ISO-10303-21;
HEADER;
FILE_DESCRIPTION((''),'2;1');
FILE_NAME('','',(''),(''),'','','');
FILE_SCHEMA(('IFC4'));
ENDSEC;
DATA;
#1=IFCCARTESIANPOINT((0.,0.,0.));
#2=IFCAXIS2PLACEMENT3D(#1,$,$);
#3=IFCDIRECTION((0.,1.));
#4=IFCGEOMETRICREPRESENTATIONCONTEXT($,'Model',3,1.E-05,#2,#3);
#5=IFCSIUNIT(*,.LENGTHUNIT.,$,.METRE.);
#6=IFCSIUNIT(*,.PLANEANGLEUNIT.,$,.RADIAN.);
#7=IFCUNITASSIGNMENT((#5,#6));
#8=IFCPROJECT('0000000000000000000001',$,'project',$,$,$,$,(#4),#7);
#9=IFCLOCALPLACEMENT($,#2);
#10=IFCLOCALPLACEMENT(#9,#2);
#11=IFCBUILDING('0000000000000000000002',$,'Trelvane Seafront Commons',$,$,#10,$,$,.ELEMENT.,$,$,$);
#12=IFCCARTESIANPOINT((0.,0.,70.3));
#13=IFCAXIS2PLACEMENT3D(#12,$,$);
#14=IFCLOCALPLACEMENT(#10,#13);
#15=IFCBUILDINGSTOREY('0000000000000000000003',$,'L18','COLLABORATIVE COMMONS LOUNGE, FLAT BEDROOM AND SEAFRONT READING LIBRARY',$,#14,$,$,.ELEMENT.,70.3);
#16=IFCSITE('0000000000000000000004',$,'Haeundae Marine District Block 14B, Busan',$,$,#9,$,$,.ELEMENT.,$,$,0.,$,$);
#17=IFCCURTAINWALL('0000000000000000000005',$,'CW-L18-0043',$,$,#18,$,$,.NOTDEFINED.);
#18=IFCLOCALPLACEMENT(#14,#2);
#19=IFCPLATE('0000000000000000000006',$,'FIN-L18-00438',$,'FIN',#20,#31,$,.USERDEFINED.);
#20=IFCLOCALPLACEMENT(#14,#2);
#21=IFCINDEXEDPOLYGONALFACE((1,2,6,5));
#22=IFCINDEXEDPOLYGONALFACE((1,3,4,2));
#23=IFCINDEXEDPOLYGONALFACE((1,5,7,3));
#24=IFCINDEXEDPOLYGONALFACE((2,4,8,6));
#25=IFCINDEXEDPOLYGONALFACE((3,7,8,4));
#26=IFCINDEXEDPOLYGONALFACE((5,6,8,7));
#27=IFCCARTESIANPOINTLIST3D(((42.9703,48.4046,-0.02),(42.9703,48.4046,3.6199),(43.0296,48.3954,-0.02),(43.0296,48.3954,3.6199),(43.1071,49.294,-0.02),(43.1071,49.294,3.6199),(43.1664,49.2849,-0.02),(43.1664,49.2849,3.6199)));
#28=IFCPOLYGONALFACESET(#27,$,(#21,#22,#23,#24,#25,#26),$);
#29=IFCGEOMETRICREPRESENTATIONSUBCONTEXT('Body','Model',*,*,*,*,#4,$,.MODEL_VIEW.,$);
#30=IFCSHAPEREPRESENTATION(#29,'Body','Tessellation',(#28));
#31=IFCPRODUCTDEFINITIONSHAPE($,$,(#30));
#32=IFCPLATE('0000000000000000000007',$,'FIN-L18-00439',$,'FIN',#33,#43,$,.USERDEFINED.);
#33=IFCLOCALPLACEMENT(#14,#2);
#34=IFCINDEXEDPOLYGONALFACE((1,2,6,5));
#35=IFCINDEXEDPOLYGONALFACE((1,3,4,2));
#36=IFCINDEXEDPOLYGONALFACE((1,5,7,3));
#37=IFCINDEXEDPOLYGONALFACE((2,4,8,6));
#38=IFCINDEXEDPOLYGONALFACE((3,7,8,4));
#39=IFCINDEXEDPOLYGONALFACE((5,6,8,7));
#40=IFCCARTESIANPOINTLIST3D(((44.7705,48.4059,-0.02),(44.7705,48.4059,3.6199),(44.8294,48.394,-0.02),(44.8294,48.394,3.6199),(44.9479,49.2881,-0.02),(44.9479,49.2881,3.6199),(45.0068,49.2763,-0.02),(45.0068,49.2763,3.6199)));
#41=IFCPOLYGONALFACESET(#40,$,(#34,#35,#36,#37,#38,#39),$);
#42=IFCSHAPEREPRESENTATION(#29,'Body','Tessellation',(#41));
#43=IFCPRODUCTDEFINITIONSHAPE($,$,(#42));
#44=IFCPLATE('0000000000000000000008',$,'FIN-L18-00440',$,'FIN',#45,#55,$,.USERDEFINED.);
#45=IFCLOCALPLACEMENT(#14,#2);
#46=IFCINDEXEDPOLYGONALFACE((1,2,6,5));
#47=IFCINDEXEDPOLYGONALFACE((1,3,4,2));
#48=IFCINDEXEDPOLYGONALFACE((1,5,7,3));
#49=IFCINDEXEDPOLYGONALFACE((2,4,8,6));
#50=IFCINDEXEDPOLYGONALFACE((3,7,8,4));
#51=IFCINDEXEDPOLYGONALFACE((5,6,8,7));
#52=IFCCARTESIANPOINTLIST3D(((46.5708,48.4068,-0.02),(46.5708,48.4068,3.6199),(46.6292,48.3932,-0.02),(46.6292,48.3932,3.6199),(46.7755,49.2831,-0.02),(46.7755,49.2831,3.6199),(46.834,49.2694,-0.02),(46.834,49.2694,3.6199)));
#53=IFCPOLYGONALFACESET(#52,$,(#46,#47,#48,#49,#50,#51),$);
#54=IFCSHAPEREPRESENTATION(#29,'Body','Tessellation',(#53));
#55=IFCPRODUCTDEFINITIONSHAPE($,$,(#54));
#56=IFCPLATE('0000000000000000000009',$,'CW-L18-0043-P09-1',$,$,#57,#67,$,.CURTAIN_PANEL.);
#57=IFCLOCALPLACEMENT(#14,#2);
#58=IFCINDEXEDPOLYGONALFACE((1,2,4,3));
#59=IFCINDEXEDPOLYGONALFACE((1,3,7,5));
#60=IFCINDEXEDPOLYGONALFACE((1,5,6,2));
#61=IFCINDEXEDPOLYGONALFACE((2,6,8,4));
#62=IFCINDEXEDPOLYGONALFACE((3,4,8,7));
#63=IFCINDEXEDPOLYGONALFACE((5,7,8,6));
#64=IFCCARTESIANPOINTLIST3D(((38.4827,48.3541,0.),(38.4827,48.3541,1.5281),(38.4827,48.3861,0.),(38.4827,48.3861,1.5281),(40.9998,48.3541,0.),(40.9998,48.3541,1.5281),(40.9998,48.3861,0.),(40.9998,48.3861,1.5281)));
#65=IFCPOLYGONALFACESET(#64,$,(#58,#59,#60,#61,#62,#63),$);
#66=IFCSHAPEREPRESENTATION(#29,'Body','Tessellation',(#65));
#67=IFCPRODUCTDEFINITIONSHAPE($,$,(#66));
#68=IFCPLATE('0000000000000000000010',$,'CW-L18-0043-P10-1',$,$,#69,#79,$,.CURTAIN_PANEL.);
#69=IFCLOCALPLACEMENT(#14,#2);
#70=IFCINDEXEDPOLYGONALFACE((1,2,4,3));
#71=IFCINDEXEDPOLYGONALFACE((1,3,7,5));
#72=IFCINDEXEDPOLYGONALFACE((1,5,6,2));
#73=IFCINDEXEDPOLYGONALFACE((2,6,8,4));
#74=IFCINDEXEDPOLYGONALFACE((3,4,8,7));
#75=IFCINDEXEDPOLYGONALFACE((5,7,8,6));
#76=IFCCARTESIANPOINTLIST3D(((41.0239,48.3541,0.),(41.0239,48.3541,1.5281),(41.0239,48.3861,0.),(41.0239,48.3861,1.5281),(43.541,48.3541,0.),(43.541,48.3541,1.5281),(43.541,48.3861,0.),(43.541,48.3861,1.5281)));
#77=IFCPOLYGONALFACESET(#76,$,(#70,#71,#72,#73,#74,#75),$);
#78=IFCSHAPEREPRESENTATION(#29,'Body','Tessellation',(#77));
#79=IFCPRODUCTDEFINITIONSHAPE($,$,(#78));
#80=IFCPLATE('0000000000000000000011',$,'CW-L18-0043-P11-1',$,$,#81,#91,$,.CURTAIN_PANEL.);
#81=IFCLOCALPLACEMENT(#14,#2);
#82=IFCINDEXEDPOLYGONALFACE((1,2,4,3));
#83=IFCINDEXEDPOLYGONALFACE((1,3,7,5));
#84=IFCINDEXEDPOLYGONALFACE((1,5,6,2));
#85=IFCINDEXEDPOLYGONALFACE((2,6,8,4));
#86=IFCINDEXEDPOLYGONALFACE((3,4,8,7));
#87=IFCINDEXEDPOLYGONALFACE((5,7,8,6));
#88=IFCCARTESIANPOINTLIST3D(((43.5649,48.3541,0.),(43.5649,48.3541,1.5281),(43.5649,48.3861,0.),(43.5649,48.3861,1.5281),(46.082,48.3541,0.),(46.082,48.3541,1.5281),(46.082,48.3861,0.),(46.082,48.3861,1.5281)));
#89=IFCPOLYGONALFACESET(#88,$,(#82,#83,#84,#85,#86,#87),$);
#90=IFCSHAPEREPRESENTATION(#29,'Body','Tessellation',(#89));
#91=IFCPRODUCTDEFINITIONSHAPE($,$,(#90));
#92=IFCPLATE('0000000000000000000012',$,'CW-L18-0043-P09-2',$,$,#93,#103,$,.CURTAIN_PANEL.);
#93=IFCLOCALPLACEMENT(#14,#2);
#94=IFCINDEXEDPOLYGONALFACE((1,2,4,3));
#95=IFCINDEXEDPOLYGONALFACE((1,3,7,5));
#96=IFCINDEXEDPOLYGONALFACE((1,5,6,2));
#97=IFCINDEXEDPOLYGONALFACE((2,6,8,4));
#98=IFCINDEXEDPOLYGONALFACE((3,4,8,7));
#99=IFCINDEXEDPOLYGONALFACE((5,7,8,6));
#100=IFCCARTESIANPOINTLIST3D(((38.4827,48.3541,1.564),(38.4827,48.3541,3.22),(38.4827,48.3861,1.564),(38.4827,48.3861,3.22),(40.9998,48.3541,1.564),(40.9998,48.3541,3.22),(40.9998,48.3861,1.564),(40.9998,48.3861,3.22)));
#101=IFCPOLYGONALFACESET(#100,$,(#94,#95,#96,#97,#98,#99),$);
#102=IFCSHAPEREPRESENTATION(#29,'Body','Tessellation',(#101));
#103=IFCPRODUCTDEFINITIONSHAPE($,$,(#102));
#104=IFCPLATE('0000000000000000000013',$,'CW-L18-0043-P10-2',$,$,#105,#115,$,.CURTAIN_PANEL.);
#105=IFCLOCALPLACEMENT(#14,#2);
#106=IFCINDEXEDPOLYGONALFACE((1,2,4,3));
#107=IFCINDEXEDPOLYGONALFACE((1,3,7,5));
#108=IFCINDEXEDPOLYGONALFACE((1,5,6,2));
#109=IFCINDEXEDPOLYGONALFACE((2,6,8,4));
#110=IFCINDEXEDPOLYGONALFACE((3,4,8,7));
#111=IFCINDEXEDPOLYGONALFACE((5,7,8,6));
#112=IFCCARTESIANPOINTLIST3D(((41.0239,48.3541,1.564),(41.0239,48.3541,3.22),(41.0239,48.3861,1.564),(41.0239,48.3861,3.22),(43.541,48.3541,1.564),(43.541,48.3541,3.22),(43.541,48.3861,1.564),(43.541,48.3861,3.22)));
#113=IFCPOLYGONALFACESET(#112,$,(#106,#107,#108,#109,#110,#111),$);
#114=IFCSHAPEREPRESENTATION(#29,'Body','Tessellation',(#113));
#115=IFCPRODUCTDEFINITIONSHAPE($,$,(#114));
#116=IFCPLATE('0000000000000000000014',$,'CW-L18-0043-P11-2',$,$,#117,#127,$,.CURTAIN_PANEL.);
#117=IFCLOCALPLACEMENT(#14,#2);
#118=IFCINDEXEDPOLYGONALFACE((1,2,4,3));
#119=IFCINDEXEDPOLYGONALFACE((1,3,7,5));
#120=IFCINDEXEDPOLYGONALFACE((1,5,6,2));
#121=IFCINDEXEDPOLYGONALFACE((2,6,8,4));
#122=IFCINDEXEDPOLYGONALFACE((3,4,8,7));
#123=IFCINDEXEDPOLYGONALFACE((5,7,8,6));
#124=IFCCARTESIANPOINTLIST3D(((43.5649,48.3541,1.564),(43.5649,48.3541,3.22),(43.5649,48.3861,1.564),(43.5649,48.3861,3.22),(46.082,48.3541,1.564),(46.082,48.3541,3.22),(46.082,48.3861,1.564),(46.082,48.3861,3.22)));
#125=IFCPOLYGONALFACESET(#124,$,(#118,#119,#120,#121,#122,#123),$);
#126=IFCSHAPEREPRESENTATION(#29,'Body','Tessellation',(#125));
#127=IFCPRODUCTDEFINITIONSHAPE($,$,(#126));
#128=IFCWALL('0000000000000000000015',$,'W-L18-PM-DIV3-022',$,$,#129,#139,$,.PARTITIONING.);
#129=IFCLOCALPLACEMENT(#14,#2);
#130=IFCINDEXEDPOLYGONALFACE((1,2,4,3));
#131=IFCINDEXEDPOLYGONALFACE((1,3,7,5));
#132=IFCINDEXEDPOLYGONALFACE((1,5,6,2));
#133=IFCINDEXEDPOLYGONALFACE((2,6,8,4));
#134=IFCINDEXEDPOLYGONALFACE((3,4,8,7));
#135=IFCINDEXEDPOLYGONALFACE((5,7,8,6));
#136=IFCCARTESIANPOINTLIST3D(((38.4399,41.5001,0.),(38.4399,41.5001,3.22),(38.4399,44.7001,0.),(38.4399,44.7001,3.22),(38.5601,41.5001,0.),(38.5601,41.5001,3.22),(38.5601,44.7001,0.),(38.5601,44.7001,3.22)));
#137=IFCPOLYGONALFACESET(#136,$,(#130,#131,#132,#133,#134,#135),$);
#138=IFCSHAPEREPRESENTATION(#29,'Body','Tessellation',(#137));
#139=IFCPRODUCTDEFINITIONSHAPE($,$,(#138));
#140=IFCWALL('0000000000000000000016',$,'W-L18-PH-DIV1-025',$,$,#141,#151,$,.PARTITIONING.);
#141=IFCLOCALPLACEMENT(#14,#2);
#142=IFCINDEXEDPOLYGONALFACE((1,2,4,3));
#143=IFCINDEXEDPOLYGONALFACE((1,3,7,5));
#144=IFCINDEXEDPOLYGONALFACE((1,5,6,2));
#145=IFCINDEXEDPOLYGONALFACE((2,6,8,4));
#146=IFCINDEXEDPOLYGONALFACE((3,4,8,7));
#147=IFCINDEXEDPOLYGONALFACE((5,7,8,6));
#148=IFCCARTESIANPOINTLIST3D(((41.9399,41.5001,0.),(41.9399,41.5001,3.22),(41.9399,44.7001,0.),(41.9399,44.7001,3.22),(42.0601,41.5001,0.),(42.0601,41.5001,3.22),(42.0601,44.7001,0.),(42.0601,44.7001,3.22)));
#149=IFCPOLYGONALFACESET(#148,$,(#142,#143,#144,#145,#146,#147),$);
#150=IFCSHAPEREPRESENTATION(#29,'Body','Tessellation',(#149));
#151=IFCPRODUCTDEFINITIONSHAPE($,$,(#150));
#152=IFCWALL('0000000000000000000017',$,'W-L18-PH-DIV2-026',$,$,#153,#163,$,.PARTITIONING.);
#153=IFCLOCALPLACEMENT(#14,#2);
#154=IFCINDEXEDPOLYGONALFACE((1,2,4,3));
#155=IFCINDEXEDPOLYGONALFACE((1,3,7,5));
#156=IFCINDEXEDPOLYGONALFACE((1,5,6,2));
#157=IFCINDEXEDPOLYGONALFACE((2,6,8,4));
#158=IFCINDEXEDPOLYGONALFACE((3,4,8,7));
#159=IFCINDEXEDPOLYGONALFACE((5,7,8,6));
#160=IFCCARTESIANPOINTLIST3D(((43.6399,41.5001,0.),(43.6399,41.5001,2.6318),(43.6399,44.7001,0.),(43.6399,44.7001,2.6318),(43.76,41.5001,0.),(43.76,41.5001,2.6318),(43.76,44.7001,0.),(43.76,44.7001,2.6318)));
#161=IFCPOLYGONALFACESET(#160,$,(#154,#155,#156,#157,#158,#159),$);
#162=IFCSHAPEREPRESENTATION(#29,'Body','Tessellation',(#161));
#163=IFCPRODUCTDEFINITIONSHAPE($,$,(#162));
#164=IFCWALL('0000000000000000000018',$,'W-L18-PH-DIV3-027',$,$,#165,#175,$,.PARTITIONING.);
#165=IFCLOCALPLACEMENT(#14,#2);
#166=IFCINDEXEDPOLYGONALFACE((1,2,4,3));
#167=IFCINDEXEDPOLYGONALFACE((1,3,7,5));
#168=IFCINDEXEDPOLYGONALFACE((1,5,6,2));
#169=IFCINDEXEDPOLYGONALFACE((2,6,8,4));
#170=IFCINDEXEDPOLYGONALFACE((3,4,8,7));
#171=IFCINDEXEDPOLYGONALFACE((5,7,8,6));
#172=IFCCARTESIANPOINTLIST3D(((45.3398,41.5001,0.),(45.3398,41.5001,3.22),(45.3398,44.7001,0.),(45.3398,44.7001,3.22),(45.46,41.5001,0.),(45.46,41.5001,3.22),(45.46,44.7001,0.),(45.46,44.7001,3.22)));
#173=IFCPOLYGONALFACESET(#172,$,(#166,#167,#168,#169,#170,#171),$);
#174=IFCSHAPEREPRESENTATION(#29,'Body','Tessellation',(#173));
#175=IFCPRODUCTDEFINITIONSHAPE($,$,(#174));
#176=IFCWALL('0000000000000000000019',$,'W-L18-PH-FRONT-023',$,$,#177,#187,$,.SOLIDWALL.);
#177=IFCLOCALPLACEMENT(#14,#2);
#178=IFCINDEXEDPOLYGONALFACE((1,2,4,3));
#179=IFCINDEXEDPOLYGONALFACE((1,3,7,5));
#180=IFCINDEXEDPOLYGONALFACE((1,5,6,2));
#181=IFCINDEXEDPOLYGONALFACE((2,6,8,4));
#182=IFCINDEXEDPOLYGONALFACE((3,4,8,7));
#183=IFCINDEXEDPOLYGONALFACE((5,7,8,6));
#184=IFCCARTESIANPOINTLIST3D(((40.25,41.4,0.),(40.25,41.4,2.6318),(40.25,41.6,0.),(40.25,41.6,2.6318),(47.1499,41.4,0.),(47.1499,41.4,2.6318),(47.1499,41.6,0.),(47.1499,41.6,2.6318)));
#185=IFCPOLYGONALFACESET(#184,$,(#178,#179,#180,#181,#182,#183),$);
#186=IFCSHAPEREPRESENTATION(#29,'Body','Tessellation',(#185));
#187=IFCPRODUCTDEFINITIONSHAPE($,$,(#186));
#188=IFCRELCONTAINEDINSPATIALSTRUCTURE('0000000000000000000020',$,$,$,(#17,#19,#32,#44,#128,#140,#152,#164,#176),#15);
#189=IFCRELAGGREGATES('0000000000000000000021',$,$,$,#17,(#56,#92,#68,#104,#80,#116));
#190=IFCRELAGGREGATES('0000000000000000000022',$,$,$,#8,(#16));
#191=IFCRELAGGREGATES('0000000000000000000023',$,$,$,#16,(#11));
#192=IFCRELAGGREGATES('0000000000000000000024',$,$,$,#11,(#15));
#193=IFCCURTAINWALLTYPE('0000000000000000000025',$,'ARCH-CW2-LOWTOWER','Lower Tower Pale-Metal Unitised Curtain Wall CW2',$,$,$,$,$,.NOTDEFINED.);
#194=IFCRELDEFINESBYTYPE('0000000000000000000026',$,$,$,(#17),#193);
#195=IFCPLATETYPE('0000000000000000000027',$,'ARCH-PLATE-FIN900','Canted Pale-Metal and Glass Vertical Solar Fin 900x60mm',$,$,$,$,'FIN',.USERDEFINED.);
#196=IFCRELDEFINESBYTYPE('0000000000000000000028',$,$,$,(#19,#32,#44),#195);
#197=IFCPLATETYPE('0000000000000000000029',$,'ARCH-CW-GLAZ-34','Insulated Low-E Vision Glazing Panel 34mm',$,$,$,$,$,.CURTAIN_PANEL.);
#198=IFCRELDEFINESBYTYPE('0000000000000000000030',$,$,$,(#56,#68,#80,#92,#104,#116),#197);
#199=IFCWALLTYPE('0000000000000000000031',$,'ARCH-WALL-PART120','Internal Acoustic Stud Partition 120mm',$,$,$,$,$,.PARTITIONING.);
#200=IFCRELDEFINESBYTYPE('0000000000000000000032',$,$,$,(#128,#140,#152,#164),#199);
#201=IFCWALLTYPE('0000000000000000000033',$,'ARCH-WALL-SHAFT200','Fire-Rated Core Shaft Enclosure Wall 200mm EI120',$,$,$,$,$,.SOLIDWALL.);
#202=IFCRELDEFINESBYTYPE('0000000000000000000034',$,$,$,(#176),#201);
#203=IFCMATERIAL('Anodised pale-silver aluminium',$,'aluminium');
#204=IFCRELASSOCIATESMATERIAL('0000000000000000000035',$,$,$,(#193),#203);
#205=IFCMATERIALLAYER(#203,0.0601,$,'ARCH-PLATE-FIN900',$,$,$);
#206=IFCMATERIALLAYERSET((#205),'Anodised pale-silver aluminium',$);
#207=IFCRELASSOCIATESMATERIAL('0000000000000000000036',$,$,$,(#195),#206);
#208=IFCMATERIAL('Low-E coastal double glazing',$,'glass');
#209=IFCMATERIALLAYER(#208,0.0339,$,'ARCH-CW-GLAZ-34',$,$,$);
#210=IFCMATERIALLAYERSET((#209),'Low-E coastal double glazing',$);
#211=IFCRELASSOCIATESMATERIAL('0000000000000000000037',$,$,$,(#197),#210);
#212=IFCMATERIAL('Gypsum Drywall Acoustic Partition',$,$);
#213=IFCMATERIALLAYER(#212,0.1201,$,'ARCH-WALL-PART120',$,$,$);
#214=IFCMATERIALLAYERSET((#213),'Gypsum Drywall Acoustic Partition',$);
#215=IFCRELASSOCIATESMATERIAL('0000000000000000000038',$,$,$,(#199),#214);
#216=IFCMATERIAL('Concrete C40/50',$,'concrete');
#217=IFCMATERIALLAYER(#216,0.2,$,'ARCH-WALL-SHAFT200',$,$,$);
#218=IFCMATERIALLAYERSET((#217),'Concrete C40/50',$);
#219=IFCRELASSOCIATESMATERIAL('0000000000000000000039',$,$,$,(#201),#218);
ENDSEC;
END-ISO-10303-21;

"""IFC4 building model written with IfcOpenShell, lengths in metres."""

from ifc_helpers import new_model, si_unit, direction, frame, frame_2d, origin, origin_2d, place, context, subcontext, project, spatial, rectangle, extrude, source, transform, mapped, material, layer, layer_set, type_object, element, aggregate, save


model = new_model("IFC4")

# Units and contexts
model_context = context("Model", 3, precision=1e-05, world=origin(), true_north=direction((0.0, 1.0)))
body_context = subcontext(model_context, "Body", "Model", "MODEL_VIEW")
ifc_project = project(units=[si_unit("LENGTHUNIT", "METRE"), si_unit("PLANEANGLEUNIT", "RADIAN")], contexts=[model_context])

# Site, building, storey
site_placement = place(None, origin())
site = spatial("IfcSite", under=ifc_project, at=site_placement, Name="Haeundae Marine District Block 14B, Busan", CompositionType="ELEMENT", RefElevation=0.0)
building_placement = place(site_placement, origin())
building = spatial("IfcBuilding", under=site, at=building_placement, Name="Trelvane Seafront Commons", CompositionType="ELEMENT")
storey_placement = place(building_placement, frame((0.0, 0.0, 70.3)))
storey = spatial("IfcBuildingStorey", under=building, at=storey_placement, Name="L18", Description="COLLABORATIVE COMMONS LOUNGE, FLAT BEDROOM AND SEAFRONT READING LIBRARY", CompositionType="ELEMENT", Elevation=70.3)

# Curtain wall
ifc_material_1 = material(Name="Anodised pale-silver aluminium", Category="aluminium")
curtain_wall_type = type_object("IfcCurtainWallType", Name="ARCH-CW2-LOWTOWER", Description="Lower Tower Pale-Metal Unitised Curtain Wall CW2", PredefinedType="NOTDEFINED", material=ifc_material_1)
curtain_wall_placement = place(storey_placement, origin())
curtain_wall = element("IfcCurtainWall", 1, at=curtain_wall_placement, inside=storey, type_object=curtain_wall_type, Name="CW-L18-0043", PredefinedType="NOTDEFINED")

# Plates
ifc_layer_1 = layer(ifc_material_1, 0.0601, Name="ARCH-PLATE-FIN900")
ifc_layer_set_1 = layer_set([ifc_layer_1], Name="Anodised pale-silver aluminium")
plate_type_1 = type_object("IfcPlateType", Name="ARCH-PLATE-FIN900", Description="Canted Pale-Metal and Glass Vertical Solar Fin 900x60mm", ElementType="FIN", PredefinedType="USERDEFINED", material=ifc_layer_set_1)
shared_shape_1 = source(origin(), body_context, "Body", "SweptSolid", [
    extrude(rectangle(XDim=0.8999, YDim=0.0601, at=origin_2d()), origin(), (0.0, 0.0, 1.0), 3.6399),
])
for number, where, z_axis, x_axis, name in (
    (2, (43.0684, 48.8447, -0.02), (0.0, 0.0, 1.0), (0.152008, 0.988379, 0.0), "FIN-L18-00438"),
    (3, (44.8887, 48.8411, -0.02), (0.0, 0.0, 1.0), (0.19712, 0.980379, 0.0), "FIN-L18-00439"),
    (4, (46.7024, 48.8381, -0.02), (0.0, 0.0, 1.0), (0.227552, 0.973766, 0.0), "FIN-L18-00440"),
):
    element("IfcPlate", number, at=place(storey_placement, frame(where, z_axis=z_axis, x_axis=x_axis)), inside=storey, type_object=plate_type_1, Name=name, ObjectType="FIN", PredefinedType="USERDEFINED", context=body_context, shape_type="MappedRepresentation", body=[
        mapped(shared_shape_1, transform((0.0, 0.0, 0.0), x_axis=(1.0, 0.0, 0.0), y_axis=(0.0, 1.0, 0.0), z_axis=(0.0, 0.0, 1.0), scale=1.0)),
    ])

# Plates
ifc_material_2 = material(Name="Low-E coastal double glazing", Category="glass")
ifc_layer_2 = layer(ifc_material_2, 0.0339, Name="ARCH-CW-GLAZ-34")
ifc_layer_set_2 = layer_set([ifc_layer_2], Name="Low-E coastal double glazing")
plate_type_2 = type_object("IfcPlateType", Name="ARCH-CW-GLAZ-34", Description="Insulated Low-E Vision Glazing Panel 34mm", PredefinedType="CURTAIN_PANEL", material=ifc_layer_set_2)
shared_shape_2 = source(origin(), body_context, "Body", "SweptSolid", [
    extrude(rectangle(XDim=2.5171, YDim=0.032, at=origin_2d()), origin(), (0.0, 0.0, 1.0), 1.5281),
])
plate_1_placement = place(storey_placement, frame((39.7412, 48.3701, 0.0), z_axis=(0.0, 0.0, 1.0), x_axis=(1.0, 0.0, 0.0)))
plate_1 = element("IfcPlate", 5, at=plate_1_placement, type_object=plate_type_2, Name="CW-L18-0043-P09-1", PredefinedType="CURTAIN_PANEL", context=body_context, shape_type="MappedRepresentation", body=[
    mapped(shared_shape_2, transform((0.0, 0.0, 0.0), x_axis=(1.0, 0.0, 0.0), y_axis=(0.0, 1.0, 0.0), z_axis=(0.0, 0.0, 1.0), scale=1.0)),
])
plate_2_placement = place(storey_placement, frame((42.2825, 48.3701, 0.0), z_axis=(0.0, 0.0, 1.0), x_axis=(1.0, 0.0, 0.0)))
plate_2 = element("IfcPlate", 6, at=plate_2_placement, type_object=plate_type_2, Name="CW-L18-0043-P10-1", PredefinedType="CURTAIN_PANEL", context=body_context, shape_type="MappedRepresentation", body=[
    mapped(shared_shape_2, transform((0.0, 0.0, 0.0), x_axis=(1.0, 0.0, 0.0), y_axis=(0.0, 1.0, 0.0), z_axis=(0.0, 0.0, 1.0), scale=1.0)),
])
plate_3_placement = place(storey_placement, frame((44.8235, 48.3701, 0.0), z_axis=(0.0, 0.0, 1.0), x_axis=(1.0, 0.0, 0.0)))
plate_3 = element("IfcPlate", 7, at=plate_3_placement, type_object=plate_type_2, Name="CW-L18-0043-P11-1", PredefinedType="CURTAIN_PANEL", context=body_context, shape_type="MappedRepresentation", body=[
    mapped(shared_shape_2, transform((0.0, 0.0, 0.0), x_axis=(1.0, 0.0, 0.0), y_axis=(0.0, 1.0, 0.0), z_axis=(0.0, 0.0, 1.0), scale=1.0)),
])
shared_shape_3 = source(origin(), body_context, "Body", "SweptSolid", [
    extrude(rectangle(XDim=2.5171, YDim=0.032, at=origin_2d()), origin(), (0.0, 0.0, 1.0), 1.656),
])
plate_4_placement = place(storey_placement, frame((39.7412, 48.3701, 1.564), z_axis=(0.0, 0.0, 1.0), x_axis=(1.0, 0.0, 0.0)))
plate_4 = element("IfcPlate", 8, at=plate_4_placement, type_object=plate_type_2, Name="CW-L18-0043-P09-2", PredefinedType="CURTAIN_PANEL", context=body_context, shape_type="MappedRepresentation", body=[
    mapped(shared_shape_3, transform((0.0, 0.0, 0.0), x_axis=(1.0, 0.0, 0.0), y_axis=(0.0, 1.0, 0.0), z_axis=(0.0, 0.0, 1.0), scale=1.0)),
])
plate_5_placement = place(storey_placement, frame((42.2825, 48.3701, 1.564), z_axis=(0.0, 0.0, 1.0), x_axis=(1.0, 0.0, 0.0)))
plate_5 = element("IfcPlate", 9, at=plate_5_placement, type_object=plate_type_2, Name="CW-L18-0043-P10-2", PredefinedType="CURTAIN_PANEL", context=body_context, shape_type="MappedRepresentation", body=[
    mapped(shared_shape_3, transform((0.0, 0.0, 0.0), x_axis=(1.0, 0.0, 0.0), y_axis=(0.0, 1.0, 0.0), z_axis=(0.0, 0.0, 1.0), scale=1.0)),
])
plate_6_placement = place(storey_placement, frame((44.8235, 48.3701, 1.564), z_axis=(0.0, 0.0, 1.0), x_axis=(1.0, 0.0, 0.0)))
plate_6 = element("IfcPlate", 10, at=plate_6_placement, type_object=plate_type_2, Name="CW-L18-0043-P11-2", PredefinedType="CURTAIN_PANEL", context=body_context, shape_type="MappedRepresentation", body=[
    mapped(shared_shape_3, transform((0.0, 0.0, 0.0), x_axis=(1.0, 0.0, 0.0), y_axis=(0.0, 1.0, 0.0), z_axis=(0.0, 0.0, 1.0), scale=1.0)),
])
aggregate(curtain_wall, [plate_1, plate_4, plate_2, plate_5, plate_3, plate_6])

# Walls
ifc_material_3 = material(Name="Gypsum Drywall Acoustic Partition")
ifc_layer_3 = layer(ifc_material_3, 0.1201, Name="ARCH-WALL-PART120")
ifc_layer_set_3 = layer_set([ifc_layer_3], Name="Gypsum Drywall Acoustic Partition")
wall_type_1 = type_object("IfcWallType", Name="ARCH-WALL-PART120", Description="Internal Acoustic Stud Partition 120mm", PredefinedType="PARTITIONING", material=ifc_layer_set_3)
for number, where, z_axis, x_axis, name in (
    (11, (38.5, 41.5, 0.0), (0.0, 0.0, 1.0), (0.0, 1.0, 0.0), "W-L18-PM-DIV3-022"),
    (12, (42.0, 41.5, 0.0), (0.0, 0.0, 1.0), (0.0, 1.0, 0.0), "W-L18-PH-DIV1-025"),
):
    element("IfcWall", number, at=place(storey_placement, frame(where, z_axis=z_axis, x_axis=x_axis)), inside=storey, type_object=wall_type_1, Name=name, PredefinedType="PARTITIONING", context=body_context, shape_type="SweptSolid", body=[
        extrude(rectangle(XDim=3.2, YDim=0.1201, at=frame_2d((1.6001, 0.0))), origin(), (0.0, 0.0, 1.0), 3.22),
    ])
wall_1_placement = place(storey_placement, frame((43.7, 41.5, 0.0), z_axis=(0.0, 0.0, 1.0), x_axis=(0.0, 1.0, 0.0)))
element("IfcWall", 13, at=wall_1_placement, inside=storey, type_object=wall_type_1, Name="W-L18-PH-DIV2-026", PredefinedType="PARTITIONING", context=body_context, shape_type="SweptSolid", body=[
    extrude(rectangle(XDim=3.2, YDim=0.1201, at=frame_2d((1.6001, 0.0))), origin(), (0.0, 0.0, 1.0), 2.6318),
])
wall_2_placement = place(storey_placement, frame((45.3999, 41.5, 0.0), z_axis=(0.0, 0.0, 1.0), x_axis=(0.0, 1.0, 0.0)))
element("IfcWall", 14, at=wall_2_placement, inside=storey, type_object=wall_type_1, Name="W-L18-PH-DIV3-027", PredefinedType="PARTITIONING", context=body_context, shape_type="SweptSolid", body=[
    extrude(rectangle(XDim=3.2, YDim=0.1201, at=frame_2d((1.6001, 0.0))), origin(), (0.0, 0.0, 1.0), 3.22),
])
ifc_material_4 = material(Name="Concrete C40/50", Category="concrete")
ifc_layer_4 = layer(ifc_material_4, 0.2, Name="ARCH-WALL-SHAFT200")
ifc_layer_set_4 = layer_set([ifc_layer_4], Name="Concrete C40/50")
wall_type_2 = type_object("IfcWallType", Name="ARCH-WALL-SHAFT200", Description="Fire-Rated Core Shaft Enclosure Wall 200mm EI120", PredefinedType="SOLIDWALL", material=ifc_layer_set_4)
wall_3_placement = place(storey_placement, frame((40.25, 41.5, 0.0), z_axis=(0.0, 0.0, 1.0), x_axis=(1.0, 0.0, 0.0)))
element("IfcWall", 15, at=wall_3_placement, inside=storey, type_object=wall_type_2, Name="W-L18-PH-FRONT-023", PredefinedType="SOLIDWALL", context=body_context, shape_type="SweptSolid", body=[
    extrude(rectangle(XDim=6.8999, YDim=0.2, at=frame_2d((3.45, 0.0))), origin(), (0.0, 0.0, 1.0), 2.6318),
])

save(model, "model.ifc")
